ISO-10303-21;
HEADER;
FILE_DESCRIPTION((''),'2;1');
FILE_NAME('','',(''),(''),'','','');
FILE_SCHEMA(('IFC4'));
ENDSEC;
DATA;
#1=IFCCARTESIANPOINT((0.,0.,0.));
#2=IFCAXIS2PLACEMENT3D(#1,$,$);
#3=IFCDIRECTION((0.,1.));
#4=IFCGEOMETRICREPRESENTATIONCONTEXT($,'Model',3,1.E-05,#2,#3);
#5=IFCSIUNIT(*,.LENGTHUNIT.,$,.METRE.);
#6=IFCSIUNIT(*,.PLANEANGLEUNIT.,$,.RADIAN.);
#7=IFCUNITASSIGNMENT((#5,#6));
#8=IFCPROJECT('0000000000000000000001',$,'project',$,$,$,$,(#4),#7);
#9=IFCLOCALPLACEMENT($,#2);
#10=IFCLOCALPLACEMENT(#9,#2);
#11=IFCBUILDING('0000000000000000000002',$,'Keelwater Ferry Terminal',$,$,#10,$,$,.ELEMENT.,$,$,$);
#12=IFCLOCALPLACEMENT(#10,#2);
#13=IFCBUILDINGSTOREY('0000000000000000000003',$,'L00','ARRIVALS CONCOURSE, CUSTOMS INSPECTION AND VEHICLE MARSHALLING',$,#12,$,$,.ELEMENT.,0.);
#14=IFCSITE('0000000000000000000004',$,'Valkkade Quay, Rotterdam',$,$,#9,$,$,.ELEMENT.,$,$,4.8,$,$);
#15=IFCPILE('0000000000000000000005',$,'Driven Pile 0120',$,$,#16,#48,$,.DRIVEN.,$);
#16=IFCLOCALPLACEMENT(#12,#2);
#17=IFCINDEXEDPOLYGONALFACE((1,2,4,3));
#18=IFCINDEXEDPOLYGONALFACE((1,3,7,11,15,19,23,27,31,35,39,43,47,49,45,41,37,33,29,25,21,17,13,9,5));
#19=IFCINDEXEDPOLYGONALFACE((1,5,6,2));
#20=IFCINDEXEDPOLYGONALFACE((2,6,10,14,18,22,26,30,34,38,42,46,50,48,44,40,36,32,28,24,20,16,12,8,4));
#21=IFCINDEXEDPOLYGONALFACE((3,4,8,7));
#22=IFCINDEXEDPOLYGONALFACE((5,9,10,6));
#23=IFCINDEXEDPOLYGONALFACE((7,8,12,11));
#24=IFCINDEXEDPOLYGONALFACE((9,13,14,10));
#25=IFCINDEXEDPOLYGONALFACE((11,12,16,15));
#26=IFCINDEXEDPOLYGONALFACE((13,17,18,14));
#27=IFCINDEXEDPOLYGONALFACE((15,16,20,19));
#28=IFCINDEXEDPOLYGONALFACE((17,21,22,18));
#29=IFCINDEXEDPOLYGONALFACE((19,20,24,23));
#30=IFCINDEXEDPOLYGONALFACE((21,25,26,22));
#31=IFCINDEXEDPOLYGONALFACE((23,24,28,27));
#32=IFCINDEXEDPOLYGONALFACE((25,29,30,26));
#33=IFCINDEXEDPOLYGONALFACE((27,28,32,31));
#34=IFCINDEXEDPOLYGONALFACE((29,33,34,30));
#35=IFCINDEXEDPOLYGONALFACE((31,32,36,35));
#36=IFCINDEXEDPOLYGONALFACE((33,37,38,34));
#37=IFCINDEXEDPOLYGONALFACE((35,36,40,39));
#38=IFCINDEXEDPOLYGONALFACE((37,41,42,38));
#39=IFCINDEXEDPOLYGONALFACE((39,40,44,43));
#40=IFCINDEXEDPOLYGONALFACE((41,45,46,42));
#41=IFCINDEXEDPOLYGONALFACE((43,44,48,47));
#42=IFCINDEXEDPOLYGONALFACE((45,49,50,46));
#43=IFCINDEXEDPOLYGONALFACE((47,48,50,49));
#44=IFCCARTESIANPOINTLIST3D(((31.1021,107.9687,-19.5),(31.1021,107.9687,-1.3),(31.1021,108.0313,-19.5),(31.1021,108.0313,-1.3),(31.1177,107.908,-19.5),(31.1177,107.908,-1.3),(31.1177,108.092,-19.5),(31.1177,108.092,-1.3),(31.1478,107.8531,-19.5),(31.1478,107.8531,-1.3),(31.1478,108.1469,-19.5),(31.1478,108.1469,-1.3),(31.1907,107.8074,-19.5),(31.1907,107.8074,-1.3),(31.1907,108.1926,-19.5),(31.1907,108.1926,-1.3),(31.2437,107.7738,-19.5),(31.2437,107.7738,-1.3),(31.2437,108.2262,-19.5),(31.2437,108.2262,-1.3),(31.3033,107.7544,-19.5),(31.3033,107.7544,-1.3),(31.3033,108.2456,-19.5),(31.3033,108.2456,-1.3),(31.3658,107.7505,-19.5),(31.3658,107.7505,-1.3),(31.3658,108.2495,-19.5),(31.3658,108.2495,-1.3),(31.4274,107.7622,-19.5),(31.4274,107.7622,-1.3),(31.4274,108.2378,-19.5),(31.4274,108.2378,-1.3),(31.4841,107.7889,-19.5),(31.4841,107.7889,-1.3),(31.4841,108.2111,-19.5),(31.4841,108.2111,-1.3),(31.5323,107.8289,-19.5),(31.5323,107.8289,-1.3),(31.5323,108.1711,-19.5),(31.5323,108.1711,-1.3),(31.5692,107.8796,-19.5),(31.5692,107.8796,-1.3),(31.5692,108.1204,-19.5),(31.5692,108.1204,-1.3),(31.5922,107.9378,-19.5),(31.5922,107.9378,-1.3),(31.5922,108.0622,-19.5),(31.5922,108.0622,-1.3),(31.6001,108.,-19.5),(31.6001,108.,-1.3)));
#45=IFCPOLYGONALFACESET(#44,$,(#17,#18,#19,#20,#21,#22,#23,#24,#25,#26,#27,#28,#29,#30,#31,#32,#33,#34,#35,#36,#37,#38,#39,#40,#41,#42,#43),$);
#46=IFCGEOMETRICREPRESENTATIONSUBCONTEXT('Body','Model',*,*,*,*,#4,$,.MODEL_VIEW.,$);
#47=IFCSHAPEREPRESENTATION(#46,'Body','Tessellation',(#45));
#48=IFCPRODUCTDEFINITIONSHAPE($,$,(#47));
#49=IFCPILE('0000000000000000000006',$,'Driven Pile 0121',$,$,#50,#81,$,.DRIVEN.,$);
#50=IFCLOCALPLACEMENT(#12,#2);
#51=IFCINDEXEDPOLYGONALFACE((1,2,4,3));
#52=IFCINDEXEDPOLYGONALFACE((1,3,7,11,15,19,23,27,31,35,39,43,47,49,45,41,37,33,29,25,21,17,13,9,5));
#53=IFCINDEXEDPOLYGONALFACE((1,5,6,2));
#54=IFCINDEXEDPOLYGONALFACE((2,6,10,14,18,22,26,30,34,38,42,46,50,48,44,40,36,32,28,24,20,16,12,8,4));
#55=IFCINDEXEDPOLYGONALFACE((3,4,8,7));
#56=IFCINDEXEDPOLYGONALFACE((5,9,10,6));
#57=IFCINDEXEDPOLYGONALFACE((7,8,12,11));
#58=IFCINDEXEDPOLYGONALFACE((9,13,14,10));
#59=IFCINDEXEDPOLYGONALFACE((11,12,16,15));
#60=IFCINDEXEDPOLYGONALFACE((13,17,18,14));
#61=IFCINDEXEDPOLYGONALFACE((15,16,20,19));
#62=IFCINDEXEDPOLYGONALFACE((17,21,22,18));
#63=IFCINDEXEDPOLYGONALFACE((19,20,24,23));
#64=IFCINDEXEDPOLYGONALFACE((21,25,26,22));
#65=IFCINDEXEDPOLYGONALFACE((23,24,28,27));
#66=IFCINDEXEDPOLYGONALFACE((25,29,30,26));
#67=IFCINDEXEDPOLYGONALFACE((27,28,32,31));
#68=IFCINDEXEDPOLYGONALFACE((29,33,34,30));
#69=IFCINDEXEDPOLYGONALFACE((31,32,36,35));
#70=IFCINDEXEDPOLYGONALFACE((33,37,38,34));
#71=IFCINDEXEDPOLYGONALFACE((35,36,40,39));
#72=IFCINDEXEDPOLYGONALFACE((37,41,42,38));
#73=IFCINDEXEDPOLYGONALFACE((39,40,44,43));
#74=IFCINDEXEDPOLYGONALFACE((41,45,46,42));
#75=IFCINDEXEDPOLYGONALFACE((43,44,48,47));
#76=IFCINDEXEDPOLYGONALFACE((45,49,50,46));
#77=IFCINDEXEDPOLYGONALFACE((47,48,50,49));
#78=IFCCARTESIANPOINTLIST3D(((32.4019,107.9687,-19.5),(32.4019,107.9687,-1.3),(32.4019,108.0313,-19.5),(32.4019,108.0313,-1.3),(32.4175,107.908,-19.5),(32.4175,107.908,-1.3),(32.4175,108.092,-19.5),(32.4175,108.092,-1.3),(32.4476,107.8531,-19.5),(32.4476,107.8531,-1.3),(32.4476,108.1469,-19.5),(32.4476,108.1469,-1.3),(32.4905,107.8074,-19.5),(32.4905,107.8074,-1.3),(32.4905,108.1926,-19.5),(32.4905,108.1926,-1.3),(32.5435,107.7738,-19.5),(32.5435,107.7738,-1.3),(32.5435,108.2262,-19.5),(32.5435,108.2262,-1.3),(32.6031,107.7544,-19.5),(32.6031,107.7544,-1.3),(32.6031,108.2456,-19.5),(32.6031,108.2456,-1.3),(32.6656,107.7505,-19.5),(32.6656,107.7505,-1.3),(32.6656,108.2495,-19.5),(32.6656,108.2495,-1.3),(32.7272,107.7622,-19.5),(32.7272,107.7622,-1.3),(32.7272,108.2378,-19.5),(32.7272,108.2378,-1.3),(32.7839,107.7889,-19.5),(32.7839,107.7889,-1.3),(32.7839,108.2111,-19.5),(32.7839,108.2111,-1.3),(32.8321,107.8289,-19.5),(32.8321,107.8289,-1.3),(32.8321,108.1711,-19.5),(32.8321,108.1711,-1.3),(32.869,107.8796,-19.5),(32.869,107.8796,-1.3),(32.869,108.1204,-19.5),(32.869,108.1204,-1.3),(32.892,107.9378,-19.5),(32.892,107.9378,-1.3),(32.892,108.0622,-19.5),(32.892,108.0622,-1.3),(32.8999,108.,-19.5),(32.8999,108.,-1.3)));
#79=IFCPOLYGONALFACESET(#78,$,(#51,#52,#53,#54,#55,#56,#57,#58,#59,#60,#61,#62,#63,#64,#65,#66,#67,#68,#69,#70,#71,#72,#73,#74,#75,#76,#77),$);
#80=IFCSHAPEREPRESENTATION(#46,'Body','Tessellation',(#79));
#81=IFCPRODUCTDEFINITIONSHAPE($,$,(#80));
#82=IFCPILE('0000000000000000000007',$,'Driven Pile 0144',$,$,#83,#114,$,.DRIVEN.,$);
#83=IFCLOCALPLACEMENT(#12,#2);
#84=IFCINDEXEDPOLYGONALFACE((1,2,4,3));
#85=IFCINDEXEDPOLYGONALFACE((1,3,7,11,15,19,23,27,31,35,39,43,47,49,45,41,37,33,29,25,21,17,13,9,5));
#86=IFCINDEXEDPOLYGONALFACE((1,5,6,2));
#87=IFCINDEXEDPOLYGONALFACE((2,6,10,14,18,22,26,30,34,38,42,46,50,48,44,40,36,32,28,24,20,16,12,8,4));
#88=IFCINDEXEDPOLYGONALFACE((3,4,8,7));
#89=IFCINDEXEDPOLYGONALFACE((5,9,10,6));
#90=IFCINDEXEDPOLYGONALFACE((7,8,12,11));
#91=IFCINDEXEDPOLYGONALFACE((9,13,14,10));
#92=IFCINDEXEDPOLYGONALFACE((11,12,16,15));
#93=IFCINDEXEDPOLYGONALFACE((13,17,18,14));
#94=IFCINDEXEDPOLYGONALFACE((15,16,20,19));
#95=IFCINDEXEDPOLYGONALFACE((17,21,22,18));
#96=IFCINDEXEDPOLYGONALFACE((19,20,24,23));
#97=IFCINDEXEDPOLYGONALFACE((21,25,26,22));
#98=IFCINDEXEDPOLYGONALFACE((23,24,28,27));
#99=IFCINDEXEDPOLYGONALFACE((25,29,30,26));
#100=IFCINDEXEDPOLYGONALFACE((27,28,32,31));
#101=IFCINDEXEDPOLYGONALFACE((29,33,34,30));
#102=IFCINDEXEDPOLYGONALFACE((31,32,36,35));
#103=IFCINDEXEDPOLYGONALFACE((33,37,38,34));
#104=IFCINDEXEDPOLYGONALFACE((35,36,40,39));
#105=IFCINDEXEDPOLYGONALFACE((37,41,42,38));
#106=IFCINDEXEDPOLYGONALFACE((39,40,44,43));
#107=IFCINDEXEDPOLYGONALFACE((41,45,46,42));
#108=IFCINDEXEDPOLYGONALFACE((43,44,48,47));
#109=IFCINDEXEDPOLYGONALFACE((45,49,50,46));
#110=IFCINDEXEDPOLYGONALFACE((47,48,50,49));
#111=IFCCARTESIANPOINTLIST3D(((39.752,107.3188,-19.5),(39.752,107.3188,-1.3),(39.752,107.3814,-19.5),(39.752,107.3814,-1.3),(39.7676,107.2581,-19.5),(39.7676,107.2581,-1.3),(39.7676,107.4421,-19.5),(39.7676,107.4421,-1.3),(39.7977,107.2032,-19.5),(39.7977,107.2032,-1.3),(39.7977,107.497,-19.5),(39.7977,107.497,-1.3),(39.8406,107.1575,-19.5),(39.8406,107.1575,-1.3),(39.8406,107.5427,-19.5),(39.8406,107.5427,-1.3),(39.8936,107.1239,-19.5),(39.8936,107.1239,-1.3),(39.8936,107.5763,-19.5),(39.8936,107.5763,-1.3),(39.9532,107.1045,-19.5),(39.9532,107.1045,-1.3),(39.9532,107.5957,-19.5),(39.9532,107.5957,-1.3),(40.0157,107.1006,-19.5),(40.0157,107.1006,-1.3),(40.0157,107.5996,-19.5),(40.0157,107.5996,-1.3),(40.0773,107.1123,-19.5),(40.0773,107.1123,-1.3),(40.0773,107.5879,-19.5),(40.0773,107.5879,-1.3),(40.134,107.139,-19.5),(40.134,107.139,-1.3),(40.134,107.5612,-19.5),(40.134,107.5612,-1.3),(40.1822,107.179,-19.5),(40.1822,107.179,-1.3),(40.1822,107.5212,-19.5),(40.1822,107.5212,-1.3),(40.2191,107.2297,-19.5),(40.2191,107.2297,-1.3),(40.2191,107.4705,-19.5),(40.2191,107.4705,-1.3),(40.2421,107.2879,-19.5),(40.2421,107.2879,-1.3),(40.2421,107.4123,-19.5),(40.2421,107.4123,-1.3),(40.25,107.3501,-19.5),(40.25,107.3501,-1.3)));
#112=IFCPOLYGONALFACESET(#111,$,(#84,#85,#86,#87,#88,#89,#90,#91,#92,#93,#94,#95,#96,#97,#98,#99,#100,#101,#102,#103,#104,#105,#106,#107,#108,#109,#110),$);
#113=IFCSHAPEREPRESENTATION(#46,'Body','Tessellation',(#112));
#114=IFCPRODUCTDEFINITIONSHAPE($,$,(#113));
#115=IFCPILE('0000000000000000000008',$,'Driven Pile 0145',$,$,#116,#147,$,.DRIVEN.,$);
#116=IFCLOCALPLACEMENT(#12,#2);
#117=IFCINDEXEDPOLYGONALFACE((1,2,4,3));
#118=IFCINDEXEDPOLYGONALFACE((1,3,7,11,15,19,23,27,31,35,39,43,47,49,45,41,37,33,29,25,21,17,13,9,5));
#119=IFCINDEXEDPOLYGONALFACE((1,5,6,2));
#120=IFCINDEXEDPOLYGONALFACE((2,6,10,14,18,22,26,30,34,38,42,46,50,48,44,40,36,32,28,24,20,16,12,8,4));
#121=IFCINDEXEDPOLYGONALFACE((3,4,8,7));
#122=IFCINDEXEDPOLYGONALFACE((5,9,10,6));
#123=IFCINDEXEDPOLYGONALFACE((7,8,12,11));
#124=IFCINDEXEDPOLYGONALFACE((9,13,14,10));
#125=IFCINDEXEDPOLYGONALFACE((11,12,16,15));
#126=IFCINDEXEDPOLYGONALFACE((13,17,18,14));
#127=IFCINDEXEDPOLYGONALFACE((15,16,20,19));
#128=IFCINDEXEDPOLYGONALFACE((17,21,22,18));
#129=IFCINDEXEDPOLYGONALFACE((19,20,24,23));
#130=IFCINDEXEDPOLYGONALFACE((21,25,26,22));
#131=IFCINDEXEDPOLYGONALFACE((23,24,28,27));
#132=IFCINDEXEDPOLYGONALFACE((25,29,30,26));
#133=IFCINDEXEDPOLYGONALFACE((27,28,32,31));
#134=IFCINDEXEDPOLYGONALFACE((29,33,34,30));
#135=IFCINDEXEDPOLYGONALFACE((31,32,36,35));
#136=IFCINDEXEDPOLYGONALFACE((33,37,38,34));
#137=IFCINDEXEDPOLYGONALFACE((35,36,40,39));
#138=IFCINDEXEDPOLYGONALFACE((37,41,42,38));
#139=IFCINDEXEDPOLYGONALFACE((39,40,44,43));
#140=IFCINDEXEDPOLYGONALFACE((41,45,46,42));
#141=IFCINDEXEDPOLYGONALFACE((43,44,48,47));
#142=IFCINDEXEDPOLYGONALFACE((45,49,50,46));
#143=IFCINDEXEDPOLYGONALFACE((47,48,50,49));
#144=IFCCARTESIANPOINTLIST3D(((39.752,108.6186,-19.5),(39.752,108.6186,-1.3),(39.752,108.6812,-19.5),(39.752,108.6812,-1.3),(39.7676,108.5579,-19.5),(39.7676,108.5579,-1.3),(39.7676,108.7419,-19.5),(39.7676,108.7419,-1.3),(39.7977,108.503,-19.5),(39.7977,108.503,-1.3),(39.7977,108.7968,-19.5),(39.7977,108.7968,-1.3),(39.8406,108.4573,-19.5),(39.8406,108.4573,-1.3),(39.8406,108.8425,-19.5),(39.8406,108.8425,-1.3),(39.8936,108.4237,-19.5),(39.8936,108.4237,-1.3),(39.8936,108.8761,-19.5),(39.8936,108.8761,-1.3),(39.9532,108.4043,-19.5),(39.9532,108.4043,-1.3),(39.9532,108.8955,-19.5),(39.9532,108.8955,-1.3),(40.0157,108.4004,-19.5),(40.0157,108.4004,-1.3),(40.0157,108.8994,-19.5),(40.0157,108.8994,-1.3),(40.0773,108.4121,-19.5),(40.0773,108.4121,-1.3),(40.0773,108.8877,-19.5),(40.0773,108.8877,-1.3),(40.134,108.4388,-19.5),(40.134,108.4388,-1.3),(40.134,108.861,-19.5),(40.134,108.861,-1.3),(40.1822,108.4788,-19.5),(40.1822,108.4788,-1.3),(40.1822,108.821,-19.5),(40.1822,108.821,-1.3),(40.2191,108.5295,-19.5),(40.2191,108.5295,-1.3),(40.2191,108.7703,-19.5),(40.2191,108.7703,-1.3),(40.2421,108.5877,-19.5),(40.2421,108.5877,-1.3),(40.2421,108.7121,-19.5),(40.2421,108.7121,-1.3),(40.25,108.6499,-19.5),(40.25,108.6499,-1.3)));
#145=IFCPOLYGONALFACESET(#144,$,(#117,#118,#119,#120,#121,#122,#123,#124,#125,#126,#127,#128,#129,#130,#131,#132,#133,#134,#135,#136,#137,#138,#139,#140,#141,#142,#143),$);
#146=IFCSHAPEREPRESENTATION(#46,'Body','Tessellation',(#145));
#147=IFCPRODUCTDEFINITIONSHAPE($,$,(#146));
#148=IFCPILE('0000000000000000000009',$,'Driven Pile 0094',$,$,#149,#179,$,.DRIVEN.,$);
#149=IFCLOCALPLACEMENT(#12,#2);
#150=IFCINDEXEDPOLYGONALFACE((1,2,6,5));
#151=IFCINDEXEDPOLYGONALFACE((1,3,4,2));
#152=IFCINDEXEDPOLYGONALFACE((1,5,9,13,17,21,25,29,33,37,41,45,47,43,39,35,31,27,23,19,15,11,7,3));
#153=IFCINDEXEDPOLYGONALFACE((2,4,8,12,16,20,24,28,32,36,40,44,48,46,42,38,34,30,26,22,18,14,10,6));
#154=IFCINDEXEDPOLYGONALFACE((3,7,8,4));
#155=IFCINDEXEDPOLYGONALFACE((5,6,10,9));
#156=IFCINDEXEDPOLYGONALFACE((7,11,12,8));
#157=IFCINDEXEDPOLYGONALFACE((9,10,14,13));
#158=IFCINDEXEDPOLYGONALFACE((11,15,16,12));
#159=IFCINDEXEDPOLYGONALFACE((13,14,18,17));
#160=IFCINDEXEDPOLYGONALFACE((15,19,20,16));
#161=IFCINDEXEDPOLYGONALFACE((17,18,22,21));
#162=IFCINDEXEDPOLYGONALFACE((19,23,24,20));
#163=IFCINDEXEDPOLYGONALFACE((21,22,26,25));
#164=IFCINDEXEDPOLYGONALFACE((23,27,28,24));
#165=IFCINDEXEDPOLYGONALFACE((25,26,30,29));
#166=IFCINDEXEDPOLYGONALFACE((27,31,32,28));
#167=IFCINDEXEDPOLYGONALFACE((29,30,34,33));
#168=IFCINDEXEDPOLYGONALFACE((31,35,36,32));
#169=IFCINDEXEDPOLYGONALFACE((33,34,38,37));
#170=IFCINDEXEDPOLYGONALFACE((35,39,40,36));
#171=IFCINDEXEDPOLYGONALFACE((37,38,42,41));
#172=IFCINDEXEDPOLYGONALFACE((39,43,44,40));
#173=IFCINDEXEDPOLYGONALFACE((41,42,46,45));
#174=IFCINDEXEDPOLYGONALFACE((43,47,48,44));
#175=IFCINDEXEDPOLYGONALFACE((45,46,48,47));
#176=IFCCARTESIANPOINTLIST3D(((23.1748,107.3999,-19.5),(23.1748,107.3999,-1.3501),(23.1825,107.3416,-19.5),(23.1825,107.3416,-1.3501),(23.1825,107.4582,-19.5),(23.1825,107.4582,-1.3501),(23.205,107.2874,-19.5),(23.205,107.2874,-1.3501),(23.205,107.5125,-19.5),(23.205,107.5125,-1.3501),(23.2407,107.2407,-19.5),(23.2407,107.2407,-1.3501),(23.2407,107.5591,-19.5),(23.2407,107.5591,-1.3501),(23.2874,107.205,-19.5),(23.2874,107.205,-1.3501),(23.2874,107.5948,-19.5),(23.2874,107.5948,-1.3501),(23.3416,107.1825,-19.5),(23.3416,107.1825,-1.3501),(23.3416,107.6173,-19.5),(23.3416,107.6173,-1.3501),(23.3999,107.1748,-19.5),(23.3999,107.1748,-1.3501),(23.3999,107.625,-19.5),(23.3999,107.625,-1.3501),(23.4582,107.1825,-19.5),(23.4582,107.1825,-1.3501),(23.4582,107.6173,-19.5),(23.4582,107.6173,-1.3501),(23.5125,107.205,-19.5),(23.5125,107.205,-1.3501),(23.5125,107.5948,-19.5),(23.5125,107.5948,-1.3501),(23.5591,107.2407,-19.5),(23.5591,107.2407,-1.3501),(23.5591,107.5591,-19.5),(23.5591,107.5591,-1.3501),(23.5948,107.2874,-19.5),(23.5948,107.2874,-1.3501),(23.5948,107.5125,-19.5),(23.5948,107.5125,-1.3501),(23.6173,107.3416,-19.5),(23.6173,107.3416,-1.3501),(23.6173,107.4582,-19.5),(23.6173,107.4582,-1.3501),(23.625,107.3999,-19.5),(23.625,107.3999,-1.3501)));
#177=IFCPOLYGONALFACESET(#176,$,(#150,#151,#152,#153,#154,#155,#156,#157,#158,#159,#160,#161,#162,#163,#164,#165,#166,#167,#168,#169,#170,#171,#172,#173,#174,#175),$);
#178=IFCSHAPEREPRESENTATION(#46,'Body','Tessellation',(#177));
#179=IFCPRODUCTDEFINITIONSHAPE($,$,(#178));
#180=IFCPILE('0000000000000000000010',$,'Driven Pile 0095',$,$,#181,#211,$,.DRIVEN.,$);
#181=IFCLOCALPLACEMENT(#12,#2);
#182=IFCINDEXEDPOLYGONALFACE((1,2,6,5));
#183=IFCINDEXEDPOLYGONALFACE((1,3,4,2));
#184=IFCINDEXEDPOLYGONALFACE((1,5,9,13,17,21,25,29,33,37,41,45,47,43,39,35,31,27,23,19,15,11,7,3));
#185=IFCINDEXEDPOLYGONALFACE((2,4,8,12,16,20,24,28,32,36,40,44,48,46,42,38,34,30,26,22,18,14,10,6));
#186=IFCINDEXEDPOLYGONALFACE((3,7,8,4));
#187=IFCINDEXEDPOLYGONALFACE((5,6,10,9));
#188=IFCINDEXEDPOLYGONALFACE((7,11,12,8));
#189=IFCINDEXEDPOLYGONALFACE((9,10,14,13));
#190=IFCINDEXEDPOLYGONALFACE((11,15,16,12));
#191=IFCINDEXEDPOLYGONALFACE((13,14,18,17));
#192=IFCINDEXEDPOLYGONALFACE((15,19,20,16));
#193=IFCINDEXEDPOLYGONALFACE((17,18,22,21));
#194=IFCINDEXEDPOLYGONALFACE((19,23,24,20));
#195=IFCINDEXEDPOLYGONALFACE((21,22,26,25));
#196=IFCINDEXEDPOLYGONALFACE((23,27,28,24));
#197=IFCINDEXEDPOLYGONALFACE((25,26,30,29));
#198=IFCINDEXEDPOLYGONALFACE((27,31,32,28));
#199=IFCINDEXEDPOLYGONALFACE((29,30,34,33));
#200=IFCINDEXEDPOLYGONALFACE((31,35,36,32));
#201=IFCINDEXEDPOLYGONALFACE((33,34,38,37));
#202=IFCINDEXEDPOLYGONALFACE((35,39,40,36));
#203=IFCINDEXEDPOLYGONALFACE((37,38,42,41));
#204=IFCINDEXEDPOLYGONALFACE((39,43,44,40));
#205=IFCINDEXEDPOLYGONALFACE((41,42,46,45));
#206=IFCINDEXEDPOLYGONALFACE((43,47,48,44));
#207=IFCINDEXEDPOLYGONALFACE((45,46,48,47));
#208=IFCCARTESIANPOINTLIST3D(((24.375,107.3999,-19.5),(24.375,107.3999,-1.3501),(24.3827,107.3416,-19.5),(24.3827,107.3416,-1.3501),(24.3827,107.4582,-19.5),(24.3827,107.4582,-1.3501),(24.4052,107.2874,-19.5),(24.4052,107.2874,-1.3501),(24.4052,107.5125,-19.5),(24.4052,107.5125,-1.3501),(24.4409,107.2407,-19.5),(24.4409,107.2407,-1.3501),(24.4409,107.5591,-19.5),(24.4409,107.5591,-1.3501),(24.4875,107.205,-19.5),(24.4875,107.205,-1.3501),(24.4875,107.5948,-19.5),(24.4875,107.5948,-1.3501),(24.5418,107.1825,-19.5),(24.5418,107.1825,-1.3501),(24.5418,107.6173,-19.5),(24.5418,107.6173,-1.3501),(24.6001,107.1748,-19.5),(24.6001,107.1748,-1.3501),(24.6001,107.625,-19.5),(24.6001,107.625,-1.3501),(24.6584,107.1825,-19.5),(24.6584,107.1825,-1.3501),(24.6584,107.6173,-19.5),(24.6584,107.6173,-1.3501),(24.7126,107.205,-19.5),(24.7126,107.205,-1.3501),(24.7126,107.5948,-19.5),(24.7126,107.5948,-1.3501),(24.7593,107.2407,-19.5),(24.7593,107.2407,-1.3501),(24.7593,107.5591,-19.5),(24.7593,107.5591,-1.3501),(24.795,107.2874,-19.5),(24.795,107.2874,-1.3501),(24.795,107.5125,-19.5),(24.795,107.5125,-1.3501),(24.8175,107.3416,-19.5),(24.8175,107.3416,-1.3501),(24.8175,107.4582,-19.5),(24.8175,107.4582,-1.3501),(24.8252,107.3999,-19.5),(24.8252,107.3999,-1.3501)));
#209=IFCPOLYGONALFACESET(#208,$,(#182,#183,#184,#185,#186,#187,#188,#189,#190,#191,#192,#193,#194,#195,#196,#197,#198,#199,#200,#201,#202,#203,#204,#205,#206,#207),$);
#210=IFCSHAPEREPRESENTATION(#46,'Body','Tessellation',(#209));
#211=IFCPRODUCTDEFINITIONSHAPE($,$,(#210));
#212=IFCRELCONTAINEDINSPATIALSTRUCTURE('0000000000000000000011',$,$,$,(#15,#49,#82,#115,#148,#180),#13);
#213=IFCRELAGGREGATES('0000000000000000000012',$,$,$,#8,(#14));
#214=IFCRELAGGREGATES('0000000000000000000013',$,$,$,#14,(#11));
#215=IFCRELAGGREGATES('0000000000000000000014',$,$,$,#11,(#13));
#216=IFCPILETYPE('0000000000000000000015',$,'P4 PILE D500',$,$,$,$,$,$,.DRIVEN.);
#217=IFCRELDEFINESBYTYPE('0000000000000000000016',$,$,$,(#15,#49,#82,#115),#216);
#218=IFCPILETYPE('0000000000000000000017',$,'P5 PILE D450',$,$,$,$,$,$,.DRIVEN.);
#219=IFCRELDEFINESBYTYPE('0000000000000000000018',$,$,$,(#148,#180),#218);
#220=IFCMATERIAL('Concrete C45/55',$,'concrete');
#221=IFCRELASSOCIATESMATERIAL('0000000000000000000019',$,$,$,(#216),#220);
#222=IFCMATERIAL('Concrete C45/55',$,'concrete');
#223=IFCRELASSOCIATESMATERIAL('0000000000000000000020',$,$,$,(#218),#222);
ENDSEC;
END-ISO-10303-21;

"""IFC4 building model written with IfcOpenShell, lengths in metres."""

from ifc_helpers import new_model, si_unit, direction, frame, origin, origin_2d, place, context, subcontext, project, spatial, circle, extrude, material, material_profile, profile_set, type_object, element, save


model = new_model("IFC4")

# Units and contexts
model_context = context("Model", 3, precision=1e-05, world=origin(), true_north=direction((0.0, 1.0)))
body_context = subcontext(model_context, "Body", "Model", "MODEL_VIEW")
ifc_project = project(units=[si_unit("LENGTHUNIT", "METRE"), si_unit("PLANEANGLEUNIT", "RADIAN")], contexts=[model_context])

# Site, building, storey
site_placement = place(None, origin())
site = spatial("IfcSite", under=ifc_project, at=site_placement, Name="Valkkade Quay, Rotterdam", CompositionType="ELEMENT", RefElevation=4.8)
building_placement = place(site_placement, origin())
building = spatial("IfcBuilding", under=site, at=building_placement, Name="Keelwater Ferry Terminal", CompositionType="ELEMENT")
storey_placement = place(building_placement, origin())
storey = spatial("IfcBuildingStorey", under=building, at=storey_placement, Name="L00", Description="ARRIVALS CONCOURSE, CUSTOMS INSPECTION AND VEHICLE MARSHALLING", CompositionType="ELEMENT", Elevation=0.0)

# Piles
ifc_material_1 = material(Name="Concrete C45/55", Category="concrete")
ifc_material_profile_1 = material_profile(ifc_material_1, circle(Radius=0.25, at=origin_2d()), Name="PILE D500")
ifc_profile_set_1 = profile_set([ifc_material_profile_1], Name="Concrete C45/55")
pile_type_1 = type_object("IfcPileType", Name="P4 PILE D500", PredefinedType="DRIVEN", material=ifc_profile_set_1)
for number, where, z_axis, x_axis, name in (
    (1, (31.3501, 108.0, -1.3), (0.0, 0.0, -1.0), (1.0, 0.0, 0.0), "Driven Pile 0120"),
    (2, (32.6499, 108.0, -1.3), (0.0, 0.0, -1.0), (1.0, 0.0, 0.0), "Driven Pile 0121"),
    (3, (40.0, 107.3501, -1.3), (0.0, 0.0, -1.0), (1.0, 0.0, 0.0), "Driven Pile 0144"),
    (4, (40.0, 108.6499, -1.3), (0.0, 0.0, -1.0), (1.0, 0.0, 0.0), "Driven Pile 0145"),
):
    element("IfcPile", number, at=place(storey_placement, frame(where, z_axis=z_axis, x_axis=x_axis)), inside=storey, type_object=pile_type_1, Name=name, PredefinedType="DRIVEN", context=body_context, shape_type="SweptSolid", body=[
        extrude(circle(Radius=0.25, at=origin_2d()), origin(), (0.0, 0.0, 1.0), 18.2),
    ])
ifc_material_2 = material(Name="Concrete C45/55", Category="concrete")
ifc_material_profile_2 = material_profile(ifc_material_2, circle(Radius=0.2251, at=origin_2d()), Name="PILE D450")
ifc_profile_set_2 = profile_set([ifc_material_profile_2], Name="Concrete C45/55")
pile_type_2 = type_object("IfcPileType", Name="P5 PILE D450", PredefinedType="DRIVEN", material=ifc_profile_set_2)
for number, where, z_axis, x_axis, name in (
    (5, (23.3999, 107.3999, -1.3501), (0.0, 0.0, -1.0), (1.0, 0.0, 0.0), "Driven Pile 0094"),
    (6, (24.6001, 107.3999, -1.3501), (0.0, 0.0, -1.0), (1.0, 0.0, 0.0), "Driven Pile 0095"),
):
    element("IfcPile", number, at=place(storey_placement, frame(where, z_axis=z_axis, x_axis=x_axis)), inside=storey, type_object=pile_type_2, Name=name, PredefinedType="DRIVEN", context=body_context, shape_type="SweptSolid", body=[
        extrude(circle(Radius=0.2251, at=origin_2d()), origin(), (0.0, 0.0, 1.0), 18.1499),
    ])

save(model, "model.ifc")
